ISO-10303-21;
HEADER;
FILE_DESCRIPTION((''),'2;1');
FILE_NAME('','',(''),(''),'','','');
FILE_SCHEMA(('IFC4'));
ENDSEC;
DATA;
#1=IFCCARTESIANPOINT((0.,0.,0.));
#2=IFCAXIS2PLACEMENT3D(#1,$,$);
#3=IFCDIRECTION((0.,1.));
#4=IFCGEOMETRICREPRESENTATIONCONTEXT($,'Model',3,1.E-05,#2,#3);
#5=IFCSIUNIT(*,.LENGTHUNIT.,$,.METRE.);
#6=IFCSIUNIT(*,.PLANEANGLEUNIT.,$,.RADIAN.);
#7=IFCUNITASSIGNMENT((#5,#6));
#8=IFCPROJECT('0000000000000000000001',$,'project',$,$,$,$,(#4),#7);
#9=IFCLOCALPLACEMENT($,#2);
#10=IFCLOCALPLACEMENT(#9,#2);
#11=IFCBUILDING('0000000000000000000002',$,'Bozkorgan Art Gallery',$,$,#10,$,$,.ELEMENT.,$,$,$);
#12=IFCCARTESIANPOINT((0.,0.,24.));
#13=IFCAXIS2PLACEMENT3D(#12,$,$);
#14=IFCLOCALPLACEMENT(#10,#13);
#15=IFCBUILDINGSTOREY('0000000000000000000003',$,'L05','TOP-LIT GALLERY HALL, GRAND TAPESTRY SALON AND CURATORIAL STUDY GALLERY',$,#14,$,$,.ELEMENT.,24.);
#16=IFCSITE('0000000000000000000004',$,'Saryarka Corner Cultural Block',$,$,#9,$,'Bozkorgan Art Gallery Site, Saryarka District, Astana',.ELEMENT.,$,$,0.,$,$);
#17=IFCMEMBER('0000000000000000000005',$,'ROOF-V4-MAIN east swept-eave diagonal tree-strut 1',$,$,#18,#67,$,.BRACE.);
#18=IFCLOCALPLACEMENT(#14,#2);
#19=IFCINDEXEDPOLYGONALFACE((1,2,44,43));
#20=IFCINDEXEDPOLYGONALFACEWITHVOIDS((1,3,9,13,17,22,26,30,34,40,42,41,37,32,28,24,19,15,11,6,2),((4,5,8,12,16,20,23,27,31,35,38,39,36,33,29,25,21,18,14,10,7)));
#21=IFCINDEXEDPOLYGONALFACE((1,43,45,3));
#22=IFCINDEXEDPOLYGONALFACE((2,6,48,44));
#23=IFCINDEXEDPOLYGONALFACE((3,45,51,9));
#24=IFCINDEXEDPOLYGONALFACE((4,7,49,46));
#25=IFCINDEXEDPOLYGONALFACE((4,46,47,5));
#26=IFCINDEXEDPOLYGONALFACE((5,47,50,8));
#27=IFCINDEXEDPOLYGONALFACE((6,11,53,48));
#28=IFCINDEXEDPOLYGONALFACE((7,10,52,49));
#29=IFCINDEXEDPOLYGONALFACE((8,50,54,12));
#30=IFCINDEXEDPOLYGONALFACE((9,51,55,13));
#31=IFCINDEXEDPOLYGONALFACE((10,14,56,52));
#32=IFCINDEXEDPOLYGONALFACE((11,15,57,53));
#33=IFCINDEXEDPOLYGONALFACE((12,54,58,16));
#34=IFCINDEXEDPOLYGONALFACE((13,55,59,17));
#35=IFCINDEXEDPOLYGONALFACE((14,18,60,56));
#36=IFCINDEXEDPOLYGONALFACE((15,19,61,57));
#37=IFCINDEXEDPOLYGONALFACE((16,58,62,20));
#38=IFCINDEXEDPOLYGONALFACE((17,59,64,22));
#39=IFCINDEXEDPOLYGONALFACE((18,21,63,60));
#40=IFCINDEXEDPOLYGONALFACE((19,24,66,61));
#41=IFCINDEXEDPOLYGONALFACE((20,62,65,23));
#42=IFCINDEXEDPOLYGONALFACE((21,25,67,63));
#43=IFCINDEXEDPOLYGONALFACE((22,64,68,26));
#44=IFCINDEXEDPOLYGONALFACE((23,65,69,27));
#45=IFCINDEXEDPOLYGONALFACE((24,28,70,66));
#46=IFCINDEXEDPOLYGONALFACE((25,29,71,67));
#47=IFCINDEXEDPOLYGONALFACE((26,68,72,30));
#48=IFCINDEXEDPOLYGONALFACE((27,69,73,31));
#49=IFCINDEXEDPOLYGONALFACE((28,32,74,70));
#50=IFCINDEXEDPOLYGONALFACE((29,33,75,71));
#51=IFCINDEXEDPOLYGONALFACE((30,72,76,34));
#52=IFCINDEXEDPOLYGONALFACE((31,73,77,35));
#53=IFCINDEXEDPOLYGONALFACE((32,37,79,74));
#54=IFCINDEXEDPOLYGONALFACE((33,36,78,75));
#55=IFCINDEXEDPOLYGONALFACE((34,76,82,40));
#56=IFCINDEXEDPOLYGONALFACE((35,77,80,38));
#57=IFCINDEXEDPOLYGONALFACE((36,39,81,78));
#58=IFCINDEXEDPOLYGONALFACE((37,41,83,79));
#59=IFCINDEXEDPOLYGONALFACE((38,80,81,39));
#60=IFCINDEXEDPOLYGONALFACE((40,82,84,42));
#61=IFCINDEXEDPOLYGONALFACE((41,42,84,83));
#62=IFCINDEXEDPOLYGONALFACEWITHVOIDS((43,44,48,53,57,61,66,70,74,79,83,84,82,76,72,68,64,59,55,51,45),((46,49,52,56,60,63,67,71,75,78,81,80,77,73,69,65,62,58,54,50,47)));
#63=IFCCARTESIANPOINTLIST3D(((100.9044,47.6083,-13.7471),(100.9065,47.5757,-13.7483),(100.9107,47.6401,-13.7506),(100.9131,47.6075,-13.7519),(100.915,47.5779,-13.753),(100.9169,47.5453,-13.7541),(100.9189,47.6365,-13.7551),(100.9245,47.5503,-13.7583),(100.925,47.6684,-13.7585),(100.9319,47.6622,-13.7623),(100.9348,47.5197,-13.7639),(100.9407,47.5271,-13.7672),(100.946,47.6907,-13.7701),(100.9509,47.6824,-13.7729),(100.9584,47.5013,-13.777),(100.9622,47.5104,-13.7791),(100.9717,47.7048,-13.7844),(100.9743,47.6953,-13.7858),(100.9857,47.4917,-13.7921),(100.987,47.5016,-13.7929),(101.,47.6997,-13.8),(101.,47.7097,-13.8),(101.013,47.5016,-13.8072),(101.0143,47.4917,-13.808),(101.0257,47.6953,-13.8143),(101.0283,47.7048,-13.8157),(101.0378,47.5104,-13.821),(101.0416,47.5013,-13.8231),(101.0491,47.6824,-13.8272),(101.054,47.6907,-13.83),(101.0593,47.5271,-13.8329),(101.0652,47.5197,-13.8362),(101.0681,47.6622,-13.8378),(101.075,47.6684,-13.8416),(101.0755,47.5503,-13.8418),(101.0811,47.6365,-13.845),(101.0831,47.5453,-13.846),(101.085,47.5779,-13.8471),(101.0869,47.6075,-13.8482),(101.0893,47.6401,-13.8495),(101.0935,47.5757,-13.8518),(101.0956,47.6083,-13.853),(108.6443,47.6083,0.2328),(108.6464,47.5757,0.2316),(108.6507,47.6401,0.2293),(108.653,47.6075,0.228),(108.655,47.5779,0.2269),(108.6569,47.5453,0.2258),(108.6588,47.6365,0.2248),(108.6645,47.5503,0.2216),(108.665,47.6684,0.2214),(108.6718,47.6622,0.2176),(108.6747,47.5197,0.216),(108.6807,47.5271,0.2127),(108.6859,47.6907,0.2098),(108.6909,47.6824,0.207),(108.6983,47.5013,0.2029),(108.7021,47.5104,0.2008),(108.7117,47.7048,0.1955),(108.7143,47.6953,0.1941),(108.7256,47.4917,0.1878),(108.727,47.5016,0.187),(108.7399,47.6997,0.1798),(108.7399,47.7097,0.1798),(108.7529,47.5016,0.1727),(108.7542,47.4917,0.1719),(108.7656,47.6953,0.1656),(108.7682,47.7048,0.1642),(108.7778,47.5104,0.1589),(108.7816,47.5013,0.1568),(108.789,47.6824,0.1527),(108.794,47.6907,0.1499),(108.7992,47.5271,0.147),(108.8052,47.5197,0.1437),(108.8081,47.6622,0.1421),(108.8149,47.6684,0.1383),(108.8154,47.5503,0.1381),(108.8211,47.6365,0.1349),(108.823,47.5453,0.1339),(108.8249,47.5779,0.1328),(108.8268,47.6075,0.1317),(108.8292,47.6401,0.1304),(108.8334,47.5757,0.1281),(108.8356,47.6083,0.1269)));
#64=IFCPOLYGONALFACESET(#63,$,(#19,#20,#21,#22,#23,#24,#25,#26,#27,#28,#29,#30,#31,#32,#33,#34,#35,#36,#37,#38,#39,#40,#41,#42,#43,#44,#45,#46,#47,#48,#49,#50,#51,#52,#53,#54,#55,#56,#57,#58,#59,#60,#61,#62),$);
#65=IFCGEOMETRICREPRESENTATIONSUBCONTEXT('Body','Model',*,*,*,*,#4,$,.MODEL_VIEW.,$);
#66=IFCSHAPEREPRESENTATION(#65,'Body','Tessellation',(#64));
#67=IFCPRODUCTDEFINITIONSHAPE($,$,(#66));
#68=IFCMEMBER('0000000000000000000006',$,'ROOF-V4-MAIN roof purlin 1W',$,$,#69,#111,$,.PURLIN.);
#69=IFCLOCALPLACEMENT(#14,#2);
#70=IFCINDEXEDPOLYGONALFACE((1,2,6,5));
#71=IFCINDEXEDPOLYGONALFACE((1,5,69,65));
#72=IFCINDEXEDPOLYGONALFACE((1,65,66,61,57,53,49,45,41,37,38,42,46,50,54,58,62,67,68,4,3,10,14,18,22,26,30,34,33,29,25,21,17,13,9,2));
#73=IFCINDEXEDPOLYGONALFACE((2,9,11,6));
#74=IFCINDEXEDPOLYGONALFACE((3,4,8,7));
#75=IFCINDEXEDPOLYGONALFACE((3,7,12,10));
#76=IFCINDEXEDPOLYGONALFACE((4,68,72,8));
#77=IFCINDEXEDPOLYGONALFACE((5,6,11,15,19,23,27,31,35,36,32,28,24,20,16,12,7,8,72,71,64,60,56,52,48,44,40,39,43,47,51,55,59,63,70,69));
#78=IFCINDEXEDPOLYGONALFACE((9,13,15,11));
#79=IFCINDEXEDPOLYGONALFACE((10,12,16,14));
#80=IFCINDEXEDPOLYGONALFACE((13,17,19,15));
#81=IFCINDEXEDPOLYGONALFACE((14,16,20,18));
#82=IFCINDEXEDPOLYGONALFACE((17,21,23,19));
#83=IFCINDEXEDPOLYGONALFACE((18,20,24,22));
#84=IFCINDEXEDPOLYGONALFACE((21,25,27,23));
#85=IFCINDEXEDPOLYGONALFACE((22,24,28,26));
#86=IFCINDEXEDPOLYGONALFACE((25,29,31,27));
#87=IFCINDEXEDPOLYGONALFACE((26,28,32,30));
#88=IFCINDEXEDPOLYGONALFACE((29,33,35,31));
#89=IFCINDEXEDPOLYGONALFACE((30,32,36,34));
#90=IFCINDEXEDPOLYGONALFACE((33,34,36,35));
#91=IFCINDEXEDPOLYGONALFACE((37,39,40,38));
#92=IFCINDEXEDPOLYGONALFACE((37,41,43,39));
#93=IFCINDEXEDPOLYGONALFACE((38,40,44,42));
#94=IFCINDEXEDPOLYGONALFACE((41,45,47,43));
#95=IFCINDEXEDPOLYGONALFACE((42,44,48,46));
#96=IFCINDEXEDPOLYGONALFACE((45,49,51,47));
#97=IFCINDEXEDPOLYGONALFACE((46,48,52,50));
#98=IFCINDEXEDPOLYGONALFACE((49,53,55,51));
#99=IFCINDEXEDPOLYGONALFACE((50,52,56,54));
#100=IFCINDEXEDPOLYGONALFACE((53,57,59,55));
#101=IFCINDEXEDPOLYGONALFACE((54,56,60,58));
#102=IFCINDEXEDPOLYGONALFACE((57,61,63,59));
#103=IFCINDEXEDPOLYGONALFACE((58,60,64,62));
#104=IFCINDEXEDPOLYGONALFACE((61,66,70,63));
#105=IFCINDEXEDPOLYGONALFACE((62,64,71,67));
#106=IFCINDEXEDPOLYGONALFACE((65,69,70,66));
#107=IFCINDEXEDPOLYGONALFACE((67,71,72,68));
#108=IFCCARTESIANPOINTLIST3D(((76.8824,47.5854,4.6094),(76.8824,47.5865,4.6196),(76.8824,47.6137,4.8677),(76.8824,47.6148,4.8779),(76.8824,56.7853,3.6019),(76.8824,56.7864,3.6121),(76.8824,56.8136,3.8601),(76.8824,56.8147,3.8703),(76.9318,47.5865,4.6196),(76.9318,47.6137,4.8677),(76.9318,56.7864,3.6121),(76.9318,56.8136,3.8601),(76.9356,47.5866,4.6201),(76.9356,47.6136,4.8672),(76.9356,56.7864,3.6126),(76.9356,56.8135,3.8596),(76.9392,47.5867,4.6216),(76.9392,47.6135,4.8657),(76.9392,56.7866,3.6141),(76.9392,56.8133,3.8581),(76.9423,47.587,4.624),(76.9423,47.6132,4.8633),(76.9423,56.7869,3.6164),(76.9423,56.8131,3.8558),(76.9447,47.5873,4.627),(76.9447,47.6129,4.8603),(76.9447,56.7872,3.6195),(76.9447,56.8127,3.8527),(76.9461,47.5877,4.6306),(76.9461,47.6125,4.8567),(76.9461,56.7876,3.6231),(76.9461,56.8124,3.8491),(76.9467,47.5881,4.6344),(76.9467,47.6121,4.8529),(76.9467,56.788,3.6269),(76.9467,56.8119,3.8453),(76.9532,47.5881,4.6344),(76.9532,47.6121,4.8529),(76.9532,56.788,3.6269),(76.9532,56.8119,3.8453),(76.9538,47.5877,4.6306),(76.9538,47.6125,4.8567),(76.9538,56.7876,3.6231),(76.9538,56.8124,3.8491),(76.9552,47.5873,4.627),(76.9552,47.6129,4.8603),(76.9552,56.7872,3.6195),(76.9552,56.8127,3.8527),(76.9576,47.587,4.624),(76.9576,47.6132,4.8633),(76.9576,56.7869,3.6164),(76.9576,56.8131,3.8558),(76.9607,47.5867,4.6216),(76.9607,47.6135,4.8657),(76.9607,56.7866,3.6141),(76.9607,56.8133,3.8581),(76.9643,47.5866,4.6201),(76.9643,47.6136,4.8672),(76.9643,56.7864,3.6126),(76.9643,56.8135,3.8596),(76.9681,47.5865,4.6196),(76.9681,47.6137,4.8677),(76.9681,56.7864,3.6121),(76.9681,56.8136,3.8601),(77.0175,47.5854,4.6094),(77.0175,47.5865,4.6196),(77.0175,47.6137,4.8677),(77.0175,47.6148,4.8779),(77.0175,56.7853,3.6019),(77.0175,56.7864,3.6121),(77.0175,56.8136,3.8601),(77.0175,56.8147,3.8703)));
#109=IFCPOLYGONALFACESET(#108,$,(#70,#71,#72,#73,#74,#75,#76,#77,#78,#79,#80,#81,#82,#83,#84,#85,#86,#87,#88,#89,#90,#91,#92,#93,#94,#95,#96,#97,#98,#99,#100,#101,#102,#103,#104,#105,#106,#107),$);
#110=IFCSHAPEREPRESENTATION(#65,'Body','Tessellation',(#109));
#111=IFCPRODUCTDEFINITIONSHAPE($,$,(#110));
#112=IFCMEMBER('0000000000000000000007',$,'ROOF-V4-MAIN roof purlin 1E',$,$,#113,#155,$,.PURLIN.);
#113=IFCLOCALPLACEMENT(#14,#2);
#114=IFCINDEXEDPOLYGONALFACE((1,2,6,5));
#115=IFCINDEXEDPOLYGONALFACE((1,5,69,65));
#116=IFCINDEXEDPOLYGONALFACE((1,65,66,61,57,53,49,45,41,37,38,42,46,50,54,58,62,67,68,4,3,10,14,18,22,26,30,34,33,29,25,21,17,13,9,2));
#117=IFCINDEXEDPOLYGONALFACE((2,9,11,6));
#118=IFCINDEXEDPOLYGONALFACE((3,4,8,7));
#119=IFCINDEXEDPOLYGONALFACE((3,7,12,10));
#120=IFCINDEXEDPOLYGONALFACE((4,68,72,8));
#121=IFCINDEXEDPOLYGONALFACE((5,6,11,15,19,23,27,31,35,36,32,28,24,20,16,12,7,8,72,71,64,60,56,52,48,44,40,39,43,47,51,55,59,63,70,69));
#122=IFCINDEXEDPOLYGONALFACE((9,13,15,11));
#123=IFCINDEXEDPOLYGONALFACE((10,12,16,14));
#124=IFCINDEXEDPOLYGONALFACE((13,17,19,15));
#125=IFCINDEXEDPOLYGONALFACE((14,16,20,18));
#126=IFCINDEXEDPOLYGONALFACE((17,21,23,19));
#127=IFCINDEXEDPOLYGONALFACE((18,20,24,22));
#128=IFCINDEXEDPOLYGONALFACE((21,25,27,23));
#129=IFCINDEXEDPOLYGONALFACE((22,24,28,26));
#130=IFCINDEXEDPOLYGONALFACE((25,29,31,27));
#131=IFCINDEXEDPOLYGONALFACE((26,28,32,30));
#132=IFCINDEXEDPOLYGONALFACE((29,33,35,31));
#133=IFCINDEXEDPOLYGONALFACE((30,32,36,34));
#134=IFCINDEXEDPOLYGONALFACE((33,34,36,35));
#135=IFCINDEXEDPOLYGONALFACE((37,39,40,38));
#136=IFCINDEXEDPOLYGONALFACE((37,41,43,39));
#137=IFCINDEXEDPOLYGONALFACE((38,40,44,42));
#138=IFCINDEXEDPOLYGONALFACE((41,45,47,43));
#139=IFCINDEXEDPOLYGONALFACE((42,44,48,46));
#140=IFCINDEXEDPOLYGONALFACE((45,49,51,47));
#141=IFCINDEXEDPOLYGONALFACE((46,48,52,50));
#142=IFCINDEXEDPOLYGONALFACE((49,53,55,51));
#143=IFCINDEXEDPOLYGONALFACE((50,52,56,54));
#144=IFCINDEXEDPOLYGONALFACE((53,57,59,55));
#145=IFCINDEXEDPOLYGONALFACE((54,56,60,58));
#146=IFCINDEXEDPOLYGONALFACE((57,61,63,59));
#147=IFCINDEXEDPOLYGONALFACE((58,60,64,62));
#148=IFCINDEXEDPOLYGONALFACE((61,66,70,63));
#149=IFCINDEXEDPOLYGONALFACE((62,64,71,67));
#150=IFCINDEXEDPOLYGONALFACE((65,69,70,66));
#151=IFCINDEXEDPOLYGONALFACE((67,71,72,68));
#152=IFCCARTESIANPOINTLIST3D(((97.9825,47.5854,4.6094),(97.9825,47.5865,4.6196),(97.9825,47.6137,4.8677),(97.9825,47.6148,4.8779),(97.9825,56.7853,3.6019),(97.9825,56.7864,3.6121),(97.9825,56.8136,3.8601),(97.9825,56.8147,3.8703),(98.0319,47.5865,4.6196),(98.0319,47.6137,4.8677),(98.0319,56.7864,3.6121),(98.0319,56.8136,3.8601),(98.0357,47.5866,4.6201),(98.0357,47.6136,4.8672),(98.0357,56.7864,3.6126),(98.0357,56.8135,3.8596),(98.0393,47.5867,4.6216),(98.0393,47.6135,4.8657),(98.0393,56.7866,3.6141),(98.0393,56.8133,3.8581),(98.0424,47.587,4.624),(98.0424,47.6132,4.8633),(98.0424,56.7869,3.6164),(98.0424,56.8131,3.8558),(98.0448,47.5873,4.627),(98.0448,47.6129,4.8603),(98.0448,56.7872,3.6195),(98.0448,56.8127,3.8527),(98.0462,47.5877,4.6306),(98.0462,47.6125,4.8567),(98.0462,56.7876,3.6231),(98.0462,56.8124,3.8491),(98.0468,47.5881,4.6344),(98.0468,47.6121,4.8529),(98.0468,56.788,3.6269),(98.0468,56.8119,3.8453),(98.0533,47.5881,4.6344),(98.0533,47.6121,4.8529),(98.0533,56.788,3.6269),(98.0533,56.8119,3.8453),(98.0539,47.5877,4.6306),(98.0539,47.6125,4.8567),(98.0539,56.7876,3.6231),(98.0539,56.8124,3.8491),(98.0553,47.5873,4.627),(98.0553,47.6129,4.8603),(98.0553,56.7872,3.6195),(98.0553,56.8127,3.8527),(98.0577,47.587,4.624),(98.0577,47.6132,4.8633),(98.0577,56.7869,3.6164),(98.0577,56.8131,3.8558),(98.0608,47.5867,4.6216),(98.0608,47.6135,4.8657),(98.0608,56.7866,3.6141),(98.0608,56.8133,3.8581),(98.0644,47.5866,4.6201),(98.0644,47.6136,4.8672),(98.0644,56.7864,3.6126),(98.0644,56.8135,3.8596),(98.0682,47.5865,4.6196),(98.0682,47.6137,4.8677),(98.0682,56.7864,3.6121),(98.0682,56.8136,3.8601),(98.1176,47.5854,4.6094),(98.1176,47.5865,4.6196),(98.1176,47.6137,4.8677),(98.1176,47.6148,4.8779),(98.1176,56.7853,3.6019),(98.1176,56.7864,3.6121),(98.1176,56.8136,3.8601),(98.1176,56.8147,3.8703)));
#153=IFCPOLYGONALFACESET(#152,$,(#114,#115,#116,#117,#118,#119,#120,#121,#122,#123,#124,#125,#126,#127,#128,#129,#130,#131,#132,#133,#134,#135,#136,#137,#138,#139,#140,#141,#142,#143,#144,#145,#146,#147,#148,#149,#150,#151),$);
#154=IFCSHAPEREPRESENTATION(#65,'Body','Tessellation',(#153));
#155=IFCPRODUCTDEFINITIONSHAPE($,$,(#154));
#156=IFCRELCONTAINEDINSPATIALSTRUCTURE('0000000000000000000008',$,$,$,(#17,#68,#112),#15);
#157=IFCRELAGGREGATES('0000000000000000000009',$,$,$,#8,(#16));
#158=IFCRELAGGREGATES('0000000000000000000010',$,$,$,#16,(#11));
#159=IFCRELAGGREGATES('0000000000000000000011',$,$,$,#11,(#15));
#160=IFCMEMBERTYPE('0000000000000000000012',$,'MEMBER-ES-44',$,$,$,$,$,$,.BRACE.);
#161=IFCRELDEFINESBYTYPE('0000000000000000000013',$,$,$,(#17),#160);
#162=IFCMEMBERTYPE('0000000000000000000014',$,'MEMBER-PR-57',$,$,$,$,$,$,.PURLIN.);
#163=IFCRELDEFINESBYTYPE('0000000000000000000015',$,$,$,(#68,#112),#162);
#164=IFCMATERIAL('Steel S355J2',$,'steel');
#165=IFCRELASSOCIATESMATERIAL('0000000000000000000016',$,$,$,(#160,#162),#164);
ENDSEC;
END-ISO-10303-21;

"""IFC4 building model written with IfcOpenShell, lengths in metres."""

from ifc_helpers import new_model, si_unit, direction, frame, origin, origin_2d, place, context, subcontext, project, spatial, hollow_circle, i_section, extrude, material, material_profile, profile_set, type_object, element, save


model = new_model("IFC4")

# Units and contexts
model_context = context("Model", 3, precision=1e-05, world=origin(), true_north=direction((0.0, 1.0)))
body_context = subcontext(model_context, "Body", "Model", "MODEL_VIEW")
ifc_project = project(units=[si_unit("LENGTHUNIT", "METRE"), si_unit("PLANEANGLEUNIT", "RADIAN")], contexts=[model_context])

# Site, building, storey
site_placement = place(None, origin())
site = spatial("IfcSite", under=ifc_project, at=site_placement, Name="Saryarka Corner Cultural Block", LongName="Bozkorgan Art Gallery Site, Saryarka District, Astana", CompositionType="ELEMENT", RefElevation=0.0)
building_placement = place(site_placement, origin())
building = spatial("IfcBuilding", under=site, at=building_placement, Name="Bozkorgan Art Gallery", CompositionType="ELEMENT")
storey_placement = place(building_placement, frame((0.0, 0.0, 24.0)))
storey = spatial("IfcBuildingStorey", under=building, at=storey_placement, Name="L05", Description="TOP-LIT GALLERY HALL, GRAND TAPESTRY SALON AND CURATORIAL STUDY GALLERY", CompositionType="ELEMENT", Elevation=24.0)

# Members
ifc_material_1 = material(Name="Steel S355J2", Category="steel")
ifc_material_profile_1 = material_profile(ifc_material_1, hollow_circle(Radius=0.1096, WallThickness=0.01, at=origin_2d()), Name="CHS 219.1x10")
ifc_profile_set_1 = profile_set([ifc_material_profile_1], Name="Steel S355J2")
member_type_1 = type_object("IfcMemberType", Name="MEMBER-ES-44", PredefinedType="BRACE", material=ifc_profile_set_1)
member_1_placement = place(storey_placement, frame((101.0, 47.6001, -13.8), z_axis=(0.484367, 0.0, 0.874865), x_axis=(0.0, 1.0, 0.0)))
element("IfcMember", 1, at=member_1_placement, inside=storey, type_object=member_type_1, Name="ROOF-V4-MAIN east swept-eave diagonal tree-strut 1", PredefinedType="BRACE", context=body_context, shape_type="SweptSolid", body=[
    extrude(hollow_circle(Radius=0.1096, WallThickness=0.01, at=origin_2d()), origin(), (0.0, 0.0, 1.0), 15.9795),
])
ifc_material_profile_2 = material_profile(ifc_material_1, i_section(OverallWidth=0.135, OverallDepth=0.27, WebThickness=0.0066, FlangeThickness=0.0103, FilletRadius=0.0149, at=origin_2d()), Name="IPE 270")
ifc_profile_set_2 = profile_set([ifc_material_profile_2], Name="Steel S355J2")
member_type_2 = type_object("IfcMemberType", Name="MEMBER-PR-57", PredefinedType="PURLIN", material=ifc_profile_set_2)
for number, where, z_axis, x_axis, name in (
    (2, (76.95, 47.6001, 4.7437), (0.0, 0.994056, -0.108868), (-1.0, 0.0, 0.0), "ROOF-V4-MAIN roof purlin 1W"),
    (3, (98.05, 47.6001, 4.7437), (0.0, 0.994056, -0.108868), (-1.0, 0.0, 0.0), "ROOF-V4-MAIN roof purlin 1E"),
):
    element("IfcMember", number, at=place(storey_placement, frame(where, z_axis=z_axis, x_axis=x_axis)), inside=storey, type_object=member_type_2, Name=name, PredefinedType="PURLIN", context=body_context, shape_type="SweptSolid", body=[
        extrude(i_section(OverallWidth=0.135, OverallDepth=0.27, WebThickness=0.0066, FlangeThickness=0.0103, FilletRadius=0.0149, at=origin_2d()), origin(), (0.0, 0.0, 1.0), 9.2549),
    ])

save(model, "model.ifc")
